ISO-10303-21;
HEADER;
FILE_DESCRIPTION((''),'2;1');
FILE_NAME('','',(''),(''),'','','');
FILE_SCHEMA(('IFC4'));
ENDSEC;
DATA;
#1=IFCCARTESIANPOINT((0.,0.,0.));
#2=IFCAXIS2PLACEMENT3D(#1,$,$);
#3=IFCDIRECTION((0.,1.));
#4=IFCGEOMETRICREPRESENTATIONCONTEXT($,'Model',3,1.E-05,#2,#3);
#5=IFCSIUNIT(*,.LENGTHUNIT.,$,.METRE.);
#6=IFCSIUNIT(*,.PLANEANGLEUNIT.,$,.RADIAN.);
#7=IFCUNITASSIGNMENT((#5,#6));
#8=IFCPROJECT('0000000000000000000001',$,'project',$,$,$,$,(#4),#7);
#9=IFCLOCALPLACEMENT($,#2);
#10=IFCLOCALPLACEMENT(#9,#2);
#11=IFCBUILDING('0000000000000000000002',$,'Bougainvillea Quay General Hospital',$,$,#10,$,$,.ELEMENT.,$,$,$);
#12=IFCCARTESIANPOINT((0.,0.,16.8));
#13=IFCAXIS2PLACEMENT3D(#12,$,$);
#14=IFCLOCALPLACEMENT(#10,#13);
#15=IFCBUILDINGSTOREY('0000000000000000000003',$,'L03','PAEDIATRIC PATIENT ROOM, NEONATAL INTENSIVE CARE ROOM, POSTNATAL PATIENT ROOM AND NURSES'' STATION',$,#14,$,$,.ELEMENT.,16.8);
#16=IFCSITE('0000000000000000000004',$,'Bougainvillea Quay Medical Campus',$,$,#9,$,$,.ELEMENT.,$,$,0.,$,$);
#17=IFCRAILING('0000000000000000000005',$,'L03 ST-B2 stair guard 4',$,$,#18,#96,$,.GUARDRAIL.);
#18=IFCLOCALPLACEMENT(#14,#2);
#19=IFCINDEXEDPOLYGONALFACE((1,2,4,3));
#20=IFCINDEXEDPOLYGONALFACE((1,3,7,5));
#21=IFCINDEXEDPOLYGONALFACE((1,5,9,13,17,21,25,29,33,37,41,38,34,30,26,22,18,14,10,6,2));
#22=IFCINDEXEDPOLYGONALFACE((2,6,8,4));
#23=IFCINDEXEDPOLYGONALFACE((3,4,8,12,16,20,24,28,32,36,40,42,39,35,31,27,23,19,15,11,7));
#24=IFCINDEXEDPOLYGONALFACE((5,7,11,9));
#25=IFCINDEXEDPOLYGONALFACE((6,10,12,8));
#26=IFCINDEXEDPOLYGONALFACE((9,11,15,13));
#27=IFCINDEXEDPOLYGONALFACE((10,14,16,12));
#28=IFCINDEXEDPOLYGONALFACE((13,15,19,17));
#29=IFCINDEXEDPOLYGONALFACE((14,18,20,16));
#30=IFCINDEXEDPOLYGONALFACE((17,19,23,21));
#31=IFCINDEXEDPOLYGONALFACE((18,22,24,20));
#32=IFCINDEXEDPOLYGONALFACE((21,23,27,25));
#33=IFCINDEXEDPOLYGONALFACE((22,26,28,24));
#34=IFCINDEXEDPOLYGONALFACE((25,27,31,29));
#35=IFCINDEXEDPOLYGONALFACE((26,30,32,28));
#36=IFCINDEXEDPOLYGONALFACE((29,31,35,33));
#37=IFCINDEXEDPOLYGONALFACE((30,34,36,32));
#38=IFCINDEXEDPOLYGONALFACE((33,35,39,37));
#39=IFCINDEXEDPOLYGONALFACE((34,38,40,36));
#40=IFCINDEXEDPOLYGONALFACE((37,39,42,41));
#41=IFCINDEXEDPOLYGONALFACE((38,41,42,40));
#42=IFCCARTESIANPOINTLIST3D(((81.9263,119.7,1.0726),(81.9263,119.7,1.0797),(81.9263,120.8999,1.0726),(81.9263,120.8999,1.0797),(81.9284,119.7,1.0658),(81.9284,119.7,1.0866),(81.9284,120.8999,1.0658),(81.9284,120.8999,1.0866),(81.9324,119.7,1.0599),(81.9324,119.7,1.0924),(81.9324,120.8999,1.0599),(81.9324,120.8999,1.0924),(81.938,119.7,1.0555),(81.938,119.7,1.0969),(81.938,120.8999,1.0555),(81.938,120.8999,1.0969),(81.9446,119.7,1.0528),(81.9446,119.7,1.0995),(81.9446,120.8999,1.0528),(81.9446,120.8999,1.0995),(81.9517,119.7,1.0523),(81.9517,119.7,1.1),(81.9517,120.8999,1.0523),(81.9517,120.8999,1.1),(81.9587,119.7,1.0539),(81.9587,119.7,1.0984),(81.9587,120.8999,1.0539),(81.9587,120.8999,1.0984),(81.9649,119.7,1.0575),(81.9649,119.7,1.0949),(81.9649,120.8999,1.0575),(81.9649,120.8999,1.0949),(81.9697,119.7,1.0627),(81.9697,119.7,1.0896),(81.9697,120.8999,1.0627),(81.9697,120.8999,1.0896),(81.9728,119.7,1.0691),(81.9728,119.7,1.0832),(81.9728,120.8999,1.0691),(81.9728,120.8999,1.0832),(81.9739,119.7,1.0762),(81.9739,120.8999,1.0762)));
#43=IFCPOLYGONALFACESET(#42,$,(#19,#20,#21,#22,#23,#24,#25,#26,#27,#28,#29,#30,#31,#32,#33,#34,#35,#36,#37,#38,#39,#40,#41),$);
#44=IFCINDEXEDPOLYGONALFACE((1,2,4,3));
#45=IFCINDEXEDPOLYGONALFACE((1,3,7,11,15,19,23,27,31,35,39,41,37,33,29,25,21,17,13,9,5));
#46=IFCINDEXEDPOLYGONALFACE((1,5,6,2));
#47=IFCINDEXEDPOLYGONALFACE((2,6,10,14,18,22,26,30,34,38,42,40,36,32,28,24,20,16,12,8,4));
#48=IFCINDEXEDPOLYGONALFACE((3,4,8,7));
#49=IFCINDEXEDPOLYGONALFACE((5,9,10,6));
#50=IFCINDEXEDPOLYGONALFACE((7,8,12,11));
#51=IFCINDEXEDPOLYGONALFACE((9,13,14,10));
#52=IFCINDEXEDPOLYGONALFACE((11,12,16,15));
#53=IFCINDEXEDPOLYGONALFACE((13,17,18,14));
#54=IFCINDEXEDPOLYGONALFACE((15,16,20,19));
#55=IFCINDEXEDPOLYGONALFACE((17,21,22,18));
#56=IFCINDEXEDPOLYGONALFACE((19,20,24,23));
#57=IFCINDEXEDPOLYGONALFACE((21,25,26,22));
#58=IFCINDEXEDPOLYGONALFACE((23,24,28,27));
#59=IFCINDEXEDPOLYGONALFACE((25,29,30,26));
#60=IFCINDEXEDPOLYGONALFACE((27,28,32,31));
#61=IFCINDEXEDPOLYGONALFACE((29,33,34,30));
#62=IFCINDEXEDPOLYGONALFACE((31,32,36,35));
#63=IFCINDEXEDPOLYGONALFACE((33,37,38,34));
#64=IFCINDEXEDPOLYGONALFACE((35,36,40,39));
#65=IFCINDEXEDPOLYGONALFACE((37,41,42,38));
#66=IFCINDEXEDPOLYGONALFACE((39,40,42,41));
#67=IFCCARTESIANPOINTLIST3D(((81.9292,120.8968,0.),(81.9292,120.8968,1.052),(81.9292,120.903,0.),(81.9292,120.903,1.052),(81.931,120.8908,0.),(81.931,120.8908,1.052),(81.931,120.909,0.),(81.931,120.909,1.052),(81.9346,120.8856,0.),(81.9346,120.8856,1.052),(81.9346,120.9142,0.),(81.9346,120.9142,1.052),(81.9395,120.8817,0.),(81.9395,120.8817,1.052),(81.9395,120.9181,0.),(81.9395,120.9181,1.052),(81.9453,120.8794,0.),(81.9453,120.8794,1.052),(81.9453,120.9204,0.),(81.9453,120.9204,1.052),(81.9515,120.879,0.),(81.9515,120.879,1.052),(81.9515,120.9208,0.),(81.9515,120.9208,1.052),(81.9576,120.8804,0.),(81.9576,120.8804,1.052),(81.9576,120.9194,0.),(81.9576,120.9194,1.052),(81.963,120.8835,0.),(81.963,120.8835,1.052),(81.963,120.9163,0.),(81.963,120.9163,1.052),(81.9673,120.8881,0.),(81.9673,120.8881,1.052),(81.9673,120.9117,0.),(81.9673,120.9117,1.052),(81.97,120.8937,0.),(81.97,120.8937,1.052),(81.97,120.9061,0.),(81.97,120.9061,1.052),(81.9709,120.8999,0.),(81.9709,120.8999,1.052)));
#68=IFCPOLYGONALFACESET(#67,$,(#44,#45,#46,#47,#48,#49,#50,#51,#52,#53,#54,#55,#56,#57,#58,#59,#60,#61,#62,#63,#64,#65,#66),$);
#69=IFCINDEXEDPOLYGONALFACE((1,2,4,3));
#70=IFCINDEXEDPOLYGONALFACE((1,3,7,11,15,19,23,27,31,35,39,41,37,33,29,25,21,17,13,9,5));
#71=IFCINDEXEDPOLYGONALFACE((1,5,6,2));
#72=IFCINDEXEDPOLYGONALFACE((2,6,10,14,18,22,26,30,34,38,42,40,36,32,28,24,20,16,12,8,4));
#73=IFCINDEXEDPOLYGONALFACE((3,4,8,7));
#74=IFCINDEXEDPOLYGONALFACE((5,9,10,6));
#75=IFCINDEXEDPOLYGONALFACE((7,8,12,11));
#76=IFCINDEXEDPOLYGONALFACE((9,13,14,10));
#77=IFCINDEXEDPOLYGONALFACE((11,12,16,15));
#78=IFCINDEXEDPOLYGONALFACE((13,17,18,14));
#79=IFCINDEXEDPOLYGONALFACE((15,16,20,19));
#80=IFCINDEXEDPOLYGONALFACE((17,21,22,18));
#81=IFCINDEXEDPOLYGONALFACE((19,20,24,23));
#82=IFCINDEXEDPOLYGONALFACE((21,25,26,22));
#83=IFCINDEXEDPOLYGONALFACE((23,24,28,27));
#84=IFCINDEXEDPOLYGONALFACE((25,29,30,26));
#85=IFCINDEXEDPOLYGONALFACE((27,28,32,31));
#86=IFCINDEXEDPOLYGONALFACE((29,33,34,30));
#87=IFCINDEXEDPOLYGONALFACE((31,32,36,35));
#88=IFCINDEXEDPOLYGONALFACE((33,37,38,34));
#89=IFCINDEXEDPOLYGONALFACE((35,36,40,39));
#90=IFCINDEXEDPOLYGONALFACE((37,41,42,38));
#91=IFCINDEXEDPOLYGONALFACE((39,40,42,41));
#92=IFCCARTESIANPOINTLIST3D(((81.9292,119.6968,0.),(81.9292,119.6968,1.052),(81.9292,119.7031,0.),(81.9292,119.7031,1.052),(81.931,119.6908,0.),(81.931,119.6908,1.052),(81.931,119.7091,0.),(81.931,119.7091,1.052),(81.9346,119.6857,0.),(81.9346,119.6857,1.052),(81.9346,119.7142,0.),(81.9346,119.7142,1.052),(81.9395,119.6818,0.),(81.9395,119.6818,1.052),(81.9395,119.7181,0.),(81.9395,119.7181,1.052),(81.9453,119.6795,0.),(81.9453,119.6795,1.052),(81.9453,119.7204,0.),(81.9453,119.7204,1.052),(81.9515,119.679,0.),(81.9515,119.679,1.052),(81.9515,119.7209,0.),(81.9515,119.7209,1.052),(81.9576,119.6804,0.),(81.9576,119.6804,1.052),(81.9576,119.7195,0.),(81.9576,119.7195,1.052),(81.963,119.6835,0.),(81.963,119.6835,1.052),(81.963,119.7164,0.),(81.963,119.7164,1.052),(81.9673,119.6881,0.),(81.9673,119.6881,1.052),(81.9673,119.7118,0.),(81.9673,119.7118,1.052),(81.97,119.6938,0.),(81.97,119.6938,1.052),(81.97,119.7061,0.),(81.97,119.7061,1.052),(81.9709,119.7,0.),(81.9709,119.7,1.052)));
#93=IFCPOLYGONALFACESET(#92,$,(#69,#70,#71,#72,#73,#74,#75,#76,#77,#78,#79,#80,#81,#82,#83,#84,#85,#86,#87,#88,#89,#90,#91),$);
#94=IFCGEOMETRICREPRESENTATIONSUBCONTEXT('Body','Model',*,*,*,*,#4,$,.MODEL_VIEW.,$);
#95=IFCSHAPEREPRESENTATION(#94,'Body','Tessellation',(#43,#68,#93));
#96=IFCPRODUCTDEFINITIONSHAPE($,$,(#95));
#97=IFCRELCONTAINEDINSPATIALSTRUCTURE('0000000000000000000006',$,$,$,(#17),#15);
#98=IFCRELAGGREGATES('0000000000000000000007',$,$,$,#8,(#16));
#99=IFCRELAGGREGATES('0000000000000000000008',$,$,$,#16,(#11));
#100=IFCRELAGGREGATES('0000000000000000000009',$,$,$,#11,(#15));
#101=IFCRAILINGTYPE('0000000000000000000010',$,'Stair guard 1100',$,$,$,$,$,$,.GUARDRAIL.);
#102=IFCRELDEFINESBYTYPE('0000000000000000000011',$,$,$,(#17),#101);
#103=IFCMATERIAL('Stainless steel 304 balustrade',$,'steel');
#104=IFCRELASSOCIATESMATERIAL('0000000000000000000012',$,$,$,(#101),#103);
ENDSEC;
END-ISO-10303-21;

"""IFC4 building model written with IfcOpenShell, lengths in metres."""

from ifc_helpers import new_model, si_unit, direction, frame, origin, origin_2d, place, context, subcontext, project, spatial, circle, extrude, material, type_object, element, save


model = new_model("IFC4")

# Units and contexts
model_context = context("Model", 3, precision=1e-05, world=origin(), true_north=direction((0.0, 1.0)))
body_context = subcontext(model_context, "Body", "Model", "MODEL_VIEW")
ifc_project = project(units=[si_unit("LENGTHUNIT", "METRE"), si_unit("PLANEANGLEUNIT", "RADIAN")], contexts=[model_context])

# Site, building, storey
site_placement = place(None, origin())
site = spatial("IfcSite", under=ifc_project, at=site_placement, Name="Bougainvillea Quay Medical Campus", CompositionType="ELEMENT", RefElevation=0.0)
building_placement = place(site_placement, origin())
building = spatial("IfcBuilding", under=site, at=building_placement, Name="Bougainvillea Quay General Hospital", CompositionType="ELEMENT")
storey_placement = place(building_placement, frame((0.0, 0.0, 16.8)))
storey = spatial("IfcBuildingStorey", under=building, at=storey_placement, Name="L03", Description="PAEDIATRIC PATIENT ROOM, NEONATAL INTENSIVE CARE ROOM, POSTNATAL PATIENT ROOM AND NURSES' STATION", CompositionType="ELEMENT", Elevation=16.8)

# Railing
ifc_material_1 = material(Name="Stainless steel 304 balustrade", Category="steel")
railing_type_1 = type_object("IfcRailingType", Name="Stair guard 1100", PredefinedType="GUARDRAIL", material=ifc_material_1)
railing_1_placement = place(storey_placement, frame((81.95, 120.8999, 0.0)))
element("IfcRailing", 1, at=railing_1_placement, inside=storey, type_object=railing_type_1, Name="L03 ST-B2 stair guard 4", PredefinedType="GUARDRAIL", context=body_context, shape_type="SweptSolid", body=[
    extrude(circle(Radius=0.0239, at=origin_2d()), frame((0.0, 0.0, 1.0762), z_axis=(0.0, -1.0, 0.0), x_axis=(1.0, 0.0, 0.0)), (0.0, 0.0, 1.0), 1.2),
    extrude(circle(Radius=0.021, at=origin_2d()), origin(), (0.0, 0.0, 1.0), 1.052),
    extrude(circle(Radius=0.021, at=origin_2d()), frame((0.0, -1.2, 0.0)), (0.0, 0.0, 1.0), 1.052),
])

save(model, "model.ifc")
